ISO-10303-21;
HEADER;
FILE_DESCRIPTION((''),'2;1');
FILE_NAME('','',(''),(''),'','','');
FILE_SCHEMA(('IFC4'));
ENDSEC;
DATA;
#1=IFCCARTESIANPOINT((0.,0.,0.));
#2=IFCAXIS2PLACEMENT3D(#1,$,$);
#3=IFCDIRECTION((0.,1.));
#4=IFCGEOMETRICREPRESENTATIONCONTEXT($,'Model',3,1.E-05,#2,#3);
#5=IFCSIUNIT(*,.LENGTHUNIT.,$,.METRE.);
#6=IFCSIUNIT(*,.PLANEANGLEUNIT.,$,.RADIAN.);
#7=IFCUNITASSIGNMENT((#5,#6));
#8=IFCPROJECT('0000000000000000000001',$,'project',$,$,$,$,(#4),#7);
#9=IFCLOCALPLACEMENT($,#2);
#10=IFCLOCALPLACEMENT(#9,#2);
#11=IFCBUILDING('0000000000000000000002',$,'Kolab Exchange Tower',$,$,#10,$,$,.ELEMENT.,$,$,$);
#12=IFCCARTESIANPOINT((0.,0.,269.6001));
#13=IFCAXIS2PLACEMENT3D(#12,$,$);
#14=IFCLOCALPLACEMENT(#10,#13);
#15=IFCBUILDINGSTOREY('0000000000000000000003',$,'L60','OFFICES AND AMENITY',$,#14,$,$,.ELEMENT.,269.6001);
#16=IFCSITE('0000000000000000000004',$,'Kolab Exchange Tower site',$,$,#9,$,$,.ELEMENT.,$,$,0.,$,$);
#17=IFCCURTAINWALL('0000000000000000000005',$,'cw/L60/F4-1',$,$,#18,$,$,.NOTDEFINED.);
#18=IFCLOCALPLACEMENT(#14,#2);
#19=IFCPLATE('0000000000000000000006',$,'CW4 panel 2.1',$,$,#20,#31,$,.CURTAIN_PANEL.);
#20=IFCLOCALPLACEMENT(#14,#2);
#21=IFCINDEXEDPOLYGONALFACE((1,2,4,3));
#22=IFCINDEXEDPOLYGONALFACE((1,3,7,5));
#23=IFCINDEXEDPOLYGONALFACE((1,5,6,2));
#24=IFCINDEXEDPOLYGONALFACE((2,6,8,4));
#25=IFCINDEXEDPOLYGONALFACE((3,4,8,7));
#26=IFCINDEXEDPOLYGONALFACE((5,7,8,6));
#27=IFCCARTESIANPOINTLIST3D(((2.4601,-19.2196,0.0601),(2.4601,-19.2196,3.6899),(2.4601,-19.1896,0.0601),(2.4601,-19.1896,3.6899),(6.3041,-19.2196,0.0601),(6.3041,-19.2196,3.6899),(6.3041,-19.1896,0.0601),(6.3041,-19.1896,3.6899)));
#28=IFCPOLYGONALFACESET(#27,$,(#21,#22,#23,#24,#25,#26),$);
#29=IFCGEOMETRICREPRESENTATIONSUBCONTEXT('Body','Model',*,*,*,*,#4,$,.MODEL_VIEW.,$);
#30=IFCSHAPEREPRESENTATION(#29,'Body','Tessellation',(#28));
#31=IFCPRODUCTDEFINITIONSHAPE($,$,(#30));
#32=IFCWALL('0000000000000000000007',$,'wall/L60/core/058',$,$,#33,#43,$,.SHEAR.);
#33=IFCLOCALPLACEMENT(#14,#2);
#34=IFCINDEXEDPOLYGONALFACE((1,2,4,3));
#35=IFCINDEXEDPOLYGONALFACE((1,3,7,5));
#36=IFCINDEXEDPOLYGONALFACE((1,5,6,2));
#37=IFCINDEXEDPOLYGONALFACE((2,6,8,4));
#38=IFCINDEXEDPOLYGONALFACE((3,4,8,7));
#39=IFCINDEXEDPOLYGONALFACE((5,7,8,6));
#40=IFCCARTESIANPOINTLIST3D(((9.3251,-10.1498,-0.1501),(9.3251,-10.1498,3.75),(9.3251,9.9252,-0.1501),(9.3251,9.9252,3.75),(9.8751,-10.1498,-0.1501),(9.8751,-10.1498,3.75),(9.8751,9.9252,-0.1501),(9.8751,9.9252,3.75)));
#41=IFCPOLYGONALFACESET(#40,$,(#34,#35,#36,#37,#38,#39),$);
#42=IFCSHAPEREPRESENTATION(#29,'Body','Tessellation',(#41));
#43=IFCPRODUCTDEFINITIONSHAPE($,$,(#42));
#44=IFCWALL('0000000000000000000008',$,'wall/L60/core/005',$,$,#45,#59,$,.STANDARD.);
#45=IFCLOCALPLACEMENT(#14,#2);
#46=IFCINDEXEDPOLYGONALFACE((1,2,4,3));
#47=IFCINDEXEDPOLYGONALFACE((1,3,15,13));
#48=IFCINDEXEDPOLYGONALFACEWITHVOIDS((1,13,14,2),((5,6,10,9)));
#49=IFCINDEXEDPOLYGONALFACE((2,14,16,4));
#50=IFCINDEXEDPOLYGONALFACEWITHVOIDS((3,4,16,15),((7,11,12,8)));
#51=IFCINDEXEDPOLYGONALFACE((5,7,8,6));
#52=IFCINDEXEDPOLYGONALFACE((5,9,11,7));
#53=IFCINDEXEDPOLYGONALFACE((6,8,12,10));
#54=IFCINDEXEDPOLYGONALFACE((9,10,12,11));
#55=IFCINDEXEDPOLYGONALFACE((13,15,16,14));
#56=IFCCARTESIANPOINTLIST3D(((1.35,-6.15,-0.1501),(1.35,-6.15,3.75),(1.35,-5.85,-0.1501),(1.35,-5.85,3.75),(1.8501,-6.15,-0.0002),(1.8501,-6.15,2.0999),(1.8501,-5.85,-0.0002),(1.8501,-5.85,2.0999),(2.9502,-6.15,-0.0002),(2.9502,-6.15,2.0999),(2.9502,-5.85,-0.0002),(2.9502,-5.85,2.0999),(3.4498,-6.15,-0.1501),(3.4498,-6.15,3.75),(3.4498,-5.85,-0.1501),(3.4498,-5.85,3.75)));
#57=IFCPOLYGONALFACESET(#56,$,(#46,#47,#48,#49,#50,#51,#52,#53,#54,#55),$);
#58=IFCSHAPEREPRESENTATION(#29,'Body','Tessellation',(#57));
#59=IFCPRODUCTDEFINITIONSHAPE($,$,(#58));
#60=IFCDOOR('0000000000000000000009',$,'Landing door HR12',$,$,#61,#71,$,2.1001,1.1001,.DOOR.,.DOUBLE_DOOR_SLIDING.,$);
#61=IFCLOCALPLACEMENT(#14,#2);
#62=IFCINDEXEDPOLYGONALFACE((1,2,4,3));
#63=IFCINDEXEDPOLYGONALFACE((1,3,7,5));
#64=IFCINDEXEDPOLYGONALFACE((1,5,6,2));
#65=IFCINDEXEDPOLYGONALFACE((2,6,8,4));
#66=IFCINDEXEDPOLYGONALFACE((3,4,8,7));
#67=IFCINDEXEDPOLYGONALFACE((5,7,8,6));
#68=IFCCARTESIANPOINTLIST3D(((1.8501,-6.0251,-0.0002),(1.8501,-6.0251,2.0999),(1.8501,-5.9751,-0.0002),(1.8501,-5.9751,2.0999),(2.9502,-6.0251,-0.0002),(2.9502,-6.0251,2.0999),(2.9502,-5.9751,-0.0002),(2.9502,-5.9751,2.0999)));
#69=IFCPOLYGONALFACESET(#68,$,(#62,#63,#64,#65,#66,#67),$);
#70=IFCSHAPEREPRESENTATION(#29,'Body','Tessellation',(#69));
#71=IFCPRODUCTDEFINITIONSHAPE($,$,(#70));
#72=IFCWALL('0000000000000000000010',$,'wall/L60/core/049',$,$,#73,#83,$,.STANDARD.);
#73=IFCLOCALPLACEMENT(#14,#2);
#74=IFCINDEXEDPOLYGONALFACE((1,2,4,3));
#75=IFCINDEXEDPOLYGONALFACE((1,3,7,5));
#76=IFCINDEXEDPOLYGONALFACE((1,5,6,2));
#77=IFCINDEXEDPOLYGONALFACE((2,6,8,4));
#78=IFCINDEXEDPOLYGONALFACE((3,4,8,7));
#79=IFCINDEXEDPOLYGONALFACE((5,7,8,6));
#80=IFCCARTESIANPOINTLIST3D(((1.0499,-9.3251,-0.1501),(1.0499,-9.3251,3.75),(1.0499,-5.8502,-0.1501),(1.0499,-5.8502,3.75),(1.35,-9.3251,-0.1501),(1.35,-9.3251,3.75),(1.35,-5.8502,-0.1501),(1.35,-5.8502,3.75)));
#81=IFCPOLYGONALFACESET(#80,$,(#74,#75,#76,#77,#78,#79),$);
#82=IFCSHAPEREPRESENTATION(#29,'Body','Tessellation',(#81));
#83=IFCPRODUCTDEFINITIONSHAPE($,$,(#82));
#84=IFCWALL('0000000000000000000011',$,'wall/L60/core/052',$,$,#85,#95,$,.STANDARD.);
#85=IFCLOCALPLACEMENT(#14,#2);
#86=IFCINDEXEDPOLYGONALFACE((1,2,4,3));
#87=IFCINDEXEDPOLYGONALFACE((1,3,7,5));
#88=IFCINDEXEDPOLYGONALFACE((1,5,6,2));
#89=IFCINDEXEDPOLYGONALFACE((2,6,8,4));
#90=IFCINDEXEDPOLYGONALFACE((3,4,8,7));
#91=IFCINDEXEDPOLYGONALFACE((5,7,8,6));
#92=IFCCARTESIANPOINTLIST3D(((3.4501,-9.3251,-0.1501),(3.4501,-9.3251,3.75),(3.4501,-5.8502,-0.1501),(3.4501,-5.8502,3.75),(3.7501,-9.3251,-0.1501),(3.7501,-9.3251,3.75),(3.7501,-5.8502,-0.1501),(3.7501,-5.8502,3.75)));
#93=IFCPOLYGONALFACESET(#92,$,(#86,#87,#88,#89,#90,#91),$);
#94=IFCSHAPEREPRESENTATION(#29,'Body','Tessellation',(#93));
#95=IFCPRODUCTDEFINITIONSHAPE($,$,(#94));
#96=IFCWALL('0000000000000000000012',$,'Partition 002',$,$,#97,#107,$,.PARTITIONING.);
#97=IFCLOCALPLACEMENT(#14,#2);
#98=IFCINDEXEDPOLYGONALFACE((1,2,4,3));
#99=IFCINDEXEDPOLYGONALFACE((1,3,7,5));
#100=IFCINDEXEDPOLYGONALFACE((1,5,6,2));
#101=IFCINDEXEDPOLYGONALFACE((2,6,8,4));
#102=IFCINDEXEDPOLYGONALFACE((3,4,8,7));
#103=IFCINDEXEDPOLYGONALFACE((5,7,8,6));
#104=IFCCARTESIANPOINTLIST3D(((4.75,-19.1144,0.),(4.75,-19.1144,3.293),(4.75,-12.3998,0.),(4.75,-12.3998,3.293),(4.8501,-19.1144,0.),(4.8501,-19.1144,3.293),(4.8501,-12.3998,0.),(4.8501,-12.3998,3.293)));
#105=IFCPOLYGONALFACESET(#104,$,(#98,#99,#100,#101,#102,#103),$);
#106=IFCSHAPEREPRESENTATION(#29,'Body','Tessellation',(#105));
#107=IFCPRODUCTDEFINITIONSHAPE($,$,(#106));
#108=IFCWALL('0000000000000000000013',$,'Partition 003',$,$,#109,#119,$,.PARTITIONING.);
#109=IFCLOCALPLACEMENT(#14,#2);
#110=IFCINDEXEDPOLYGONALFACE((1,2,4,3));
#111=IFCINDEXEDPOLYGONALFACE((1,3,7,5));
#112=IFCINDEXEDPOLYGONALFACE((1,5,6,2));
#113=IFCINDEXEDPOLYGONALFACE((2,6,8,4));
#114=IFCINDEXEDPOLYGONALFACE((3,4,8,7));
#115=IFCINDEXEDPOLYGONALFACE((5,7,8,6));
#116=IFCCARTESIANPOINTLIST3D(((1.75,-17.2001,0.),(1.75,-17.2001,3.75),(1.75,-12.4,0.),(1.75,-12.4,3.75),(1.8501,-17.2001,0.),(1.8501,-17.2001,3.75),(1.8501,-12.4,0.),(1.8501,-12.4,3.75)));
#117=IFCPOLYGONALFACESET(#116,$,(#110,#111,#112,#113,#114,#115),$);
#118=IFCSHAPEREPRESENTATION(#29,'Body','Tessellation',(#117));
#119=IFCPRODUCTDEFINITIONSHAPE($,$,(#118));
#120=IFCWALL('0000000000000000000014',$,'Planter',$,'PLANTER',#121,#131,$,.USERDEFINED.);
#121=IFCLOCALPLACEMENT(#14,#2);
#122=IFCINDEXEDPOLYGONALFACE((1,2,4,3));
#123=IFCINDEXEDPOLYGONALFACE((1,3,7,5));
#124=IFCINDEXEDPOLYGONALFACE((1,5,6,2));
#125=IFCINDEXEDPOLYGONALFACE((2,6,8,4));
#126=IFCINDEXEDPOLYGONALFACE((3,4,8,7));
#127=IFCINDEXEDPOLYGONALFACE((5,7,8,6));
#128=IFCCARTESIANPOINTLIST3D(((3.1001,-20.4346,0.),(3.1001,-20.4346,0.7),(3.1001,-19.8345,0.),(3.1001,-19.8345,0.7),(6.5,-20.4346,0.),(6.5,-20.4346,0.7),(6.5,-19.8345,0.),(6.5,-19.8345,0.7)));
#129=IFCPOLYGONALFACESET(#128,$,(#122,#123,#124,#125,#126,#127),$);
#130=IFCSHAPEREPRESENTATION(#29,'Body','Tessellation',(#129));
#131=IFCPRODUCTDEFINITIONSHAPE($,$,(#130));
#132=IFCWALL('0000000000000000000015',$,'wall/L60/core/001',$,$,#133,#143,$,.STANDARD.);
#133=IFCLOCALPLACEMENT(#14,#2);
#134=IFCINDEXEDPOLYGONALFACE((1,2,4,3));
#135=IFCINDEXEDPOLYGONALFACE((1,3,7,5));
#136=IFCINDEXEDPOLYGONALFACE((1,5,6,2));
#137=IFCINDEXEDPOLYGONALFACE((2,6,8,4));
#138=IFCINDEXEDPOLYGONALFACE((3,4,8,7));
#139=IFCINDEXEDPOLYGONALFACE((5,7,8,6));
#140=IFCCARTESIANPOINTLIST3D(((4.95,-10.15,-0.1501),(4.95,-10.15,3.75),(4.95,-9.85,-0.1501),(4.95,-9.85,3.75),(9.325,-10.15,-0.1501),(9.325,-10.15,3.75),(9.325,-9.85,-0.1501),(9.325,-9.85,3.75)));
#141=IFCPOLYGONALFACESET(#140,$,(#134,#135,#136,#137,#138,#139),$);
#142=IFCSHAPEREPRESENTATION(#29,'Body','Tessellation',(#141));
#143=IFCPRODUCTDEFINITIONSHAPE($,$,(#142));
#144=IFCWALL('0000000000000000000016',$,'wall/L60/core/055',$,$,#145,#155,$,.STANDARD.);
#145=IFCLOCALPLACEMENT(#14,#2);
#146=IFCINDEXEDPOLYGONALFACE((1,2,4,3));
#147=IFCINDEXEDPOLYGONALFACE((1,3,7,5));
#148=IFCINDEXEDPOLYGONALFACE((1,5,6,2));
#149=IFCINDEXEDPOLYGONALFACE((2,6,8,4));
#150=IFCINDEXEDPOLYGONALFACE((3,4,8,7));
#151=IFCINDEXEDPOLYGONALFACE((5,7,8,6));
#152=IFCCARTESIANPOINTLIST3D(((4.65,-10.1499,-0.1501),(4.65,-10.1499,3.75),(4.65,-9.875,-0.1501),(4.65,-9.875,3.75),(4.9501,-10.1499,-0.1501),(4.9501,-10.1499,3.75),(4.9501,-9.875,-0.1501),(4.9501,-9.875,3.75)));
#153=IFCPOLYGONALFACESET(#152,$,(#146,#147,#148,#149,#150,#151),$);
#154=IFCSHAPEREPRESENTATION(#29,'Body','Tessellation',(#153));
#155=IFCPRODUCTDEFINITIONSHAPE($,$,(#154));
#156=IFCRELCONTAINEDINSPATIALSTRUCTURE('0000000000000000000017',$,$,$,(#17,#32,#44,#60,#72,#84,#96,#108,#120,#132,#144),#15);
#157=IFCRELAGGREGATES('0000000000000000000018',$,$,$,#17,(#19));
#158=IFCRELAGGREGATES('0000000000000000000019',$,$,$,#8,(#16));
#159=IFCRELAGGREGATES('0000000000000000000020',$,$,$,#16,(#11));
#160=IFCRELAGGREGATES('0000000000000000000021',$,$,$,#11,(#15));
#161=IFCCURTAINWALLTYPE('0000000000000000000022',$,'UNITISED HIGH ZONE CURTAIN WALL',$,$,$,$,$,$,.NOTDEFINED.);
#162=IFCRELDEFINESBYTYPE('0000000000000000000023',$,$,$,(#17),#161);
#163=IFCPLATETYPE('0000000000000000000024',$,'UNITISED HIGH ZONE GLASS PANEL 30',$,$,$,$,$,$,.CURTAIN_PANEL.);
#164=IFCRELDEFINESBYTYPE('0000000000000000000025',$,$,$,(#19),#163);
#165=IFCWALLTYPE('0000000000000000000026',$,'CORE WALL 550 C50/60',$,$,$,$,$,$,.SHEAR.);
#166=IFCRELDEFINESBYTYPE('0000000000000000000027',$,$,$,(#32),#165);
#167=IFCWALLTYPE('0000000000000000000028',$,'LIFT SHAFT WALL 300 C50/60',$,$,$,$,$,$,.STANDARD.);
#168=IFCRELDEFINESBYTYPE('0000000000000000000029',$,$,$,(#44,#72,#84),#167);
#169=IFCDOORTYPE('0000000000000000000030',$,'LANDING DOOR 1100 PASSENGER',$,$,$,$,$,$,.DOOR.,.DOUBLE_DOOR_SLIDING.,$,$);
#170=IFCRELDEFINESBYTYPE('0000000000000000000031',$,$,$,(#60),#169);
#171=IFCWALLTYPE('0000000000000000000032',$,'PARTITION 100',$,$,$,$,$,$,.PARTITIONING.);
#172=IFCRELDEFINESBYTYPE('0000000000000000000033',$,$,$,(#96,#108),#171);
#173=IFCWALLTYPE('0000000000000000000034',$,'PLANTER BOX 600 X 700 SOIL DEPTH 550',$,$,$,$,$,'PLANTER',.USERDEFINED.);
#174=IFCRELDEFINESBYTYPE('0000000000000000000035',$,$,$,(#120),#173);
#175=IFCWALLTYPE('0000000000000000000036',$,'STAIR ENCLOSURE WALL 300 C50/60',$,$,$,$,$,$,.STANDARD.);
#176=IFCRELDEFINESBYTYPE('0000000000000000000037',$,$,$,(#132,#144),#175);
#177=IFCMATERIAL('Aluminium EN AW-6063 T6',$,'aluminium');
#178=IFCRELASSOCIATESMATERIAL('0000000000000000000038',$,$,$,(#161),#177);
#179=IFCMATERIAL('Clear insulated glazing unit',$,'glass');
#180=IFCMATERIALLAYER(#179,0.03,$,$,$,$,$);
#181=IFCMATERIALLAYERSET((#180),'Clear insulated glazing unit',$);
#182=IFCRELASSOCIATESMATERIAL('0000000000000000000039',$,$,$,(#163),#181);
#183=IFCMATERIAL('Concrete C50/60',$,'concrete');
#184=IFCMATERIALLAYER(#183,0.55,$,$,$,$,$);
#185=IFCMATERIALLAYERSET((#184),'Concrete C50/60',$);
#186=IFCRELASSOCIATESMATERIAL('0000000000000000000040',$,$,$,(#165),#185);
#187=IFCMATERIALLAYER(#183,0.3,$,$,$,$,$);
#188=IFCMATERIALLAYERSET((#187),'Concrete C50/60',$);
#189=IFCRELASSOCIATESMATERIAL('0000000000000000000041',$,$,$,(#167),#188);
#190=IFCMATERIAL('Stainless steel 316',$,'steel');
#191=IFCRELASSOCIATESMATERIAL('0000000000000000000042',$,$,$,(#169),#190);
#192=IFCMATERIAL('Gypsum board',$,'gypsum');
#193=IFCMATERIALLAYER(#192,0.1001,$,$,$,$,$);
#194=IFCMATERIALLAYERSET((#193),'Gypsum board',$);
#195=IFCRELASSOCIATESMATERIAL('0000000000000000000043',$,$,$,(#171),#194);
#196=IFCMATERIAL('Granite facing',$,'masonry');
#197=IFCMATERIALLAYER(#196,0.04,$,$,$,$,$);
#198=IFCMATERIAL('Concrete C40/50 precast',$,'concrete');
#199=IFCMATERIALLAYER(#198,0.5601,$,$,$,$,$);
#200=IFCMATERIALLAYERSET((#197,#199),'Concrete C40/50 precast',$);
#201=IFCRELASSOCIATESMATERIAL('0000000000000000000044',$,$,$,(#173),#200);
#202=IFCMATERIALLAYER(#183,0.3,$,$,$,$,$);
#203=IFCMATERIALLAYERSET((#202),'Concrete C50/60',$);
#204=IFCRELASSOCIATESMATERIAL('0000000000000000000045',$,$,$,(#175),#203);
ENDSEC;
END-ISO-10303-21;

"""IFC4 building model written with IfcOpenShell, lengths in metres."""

from ifc_helpers import new_model, si_unit, direction, frame, frame_2d, origin, origin_2d, place, context, subcontext, project, spatial, rectangle, extrude, material, layer, layer_set, type_object, element, fill, aggregate, save


model = new_model("IFC4")

# Units and contexts
model_context = context("Model", 3, precision=1e-05, world=origin(), true_north=direction((0.0, 1.0)))
body_context = subcontext(model_context, "Body", "Model", "MODEL_VIEW")
ifc_project = project(units=[si_unit("LENGTHUNIT", "METRE"), si_unit("PLANEANGLEUNIT", "RADIAN")], contexts=[model_context])

# Site, building, storey
site_placement = place(None, origin())
site = spatial("IfcSite", under=ifc_project, at=site_placement, Name="Kolab Exchange Tower site", CompositionType="ELEMENT", RefElevation=0.0)
building_placement = place(site_placement, origin())
building = spatial("IfcBuilding", under=site, at=building_placement, Name="Kolab Exchange Tower", CompositionType="ELEMENT")
storey_placement = place(building_placement, frame((0.0, 0.0, 269.6001)))
storey = spatial("IfcBuildingStorey", under=building, at=storey_placement, Name="L60", Description="OFFICES AND AMENITY", CompositionType="ELEMENT", Elevation=269.6001)

# Shared definitions
ifc_material_1 = material(Name="Concrete C50/60", Category="concrete")

# Curtain wall, plate
ifc_material_2 = material(Name="Aluminium EN AW-6063 T6", Category="aluminium")
curtain_wall_type = type_object("IfcCurtainWallType", Name="UNITISED HIGH ZONE CURTAIN WALL", PredefinedType="NOTDEFINED", material=ifc_material_2)
curtain_wall_placement = place(storey_placement, origin())
curtain_wall = element("IfcCurtainWall", 1, at=curtain_wall_placement, inside=storey, type_object=curtain_wall_type, Name="cw/L60/F4-1", PredefinedType="NOTDEFINED")
ifc_material_3 = material(Name="Clear insulated glazing unit", Category="glass")
ifc_layer_1 = layer(ifc_material_3, 0.03)
ifc_layer_set_1 = layer_set([ifc_layer_1], Name="Clear insulated glazing unit")
plate_type = type_object("IfcPlateType", Name="UNITISED HIGH ZONE GLASS PANEL 30", PredefinedType="CURTAIN_PANEL", material=ifc_layer_set_1)
plate_1_placement = place(storey_placement, frame((4.3821, -19.2046, 0.0601), z_axis=(0.0, 0.0, 1.0), x_axis=(-1.0, 0.0, 0.0)))
plate_1 = element("IfcPlate", 2, at=plate_1_placement, type_object=plate_type, Name="CW4 panel 2.1", PredefinedType="CURTAIN_PANEL", context=body_context, shape_type="SweptSolid", body=[
    extrude(rectangle(XDim=3.844, YDim=0.03, at=origin_2d()), origin(), (0.0, 0.0, 1.0), 3.6299),
])
aggregate(curtain_wall, [plate_1])

# Wall
ifc_layer_2 = layer(ifc_material_1, 0.55)
ifc_layer_set_2 = layer_set([ifc_layer_2], Name="Concrete C50/60")
wall_type_1 = type_object("IfcWallType", Name="CORE WALL 550 C50/60", PredefinedType="SHEAR", material=ifc_layer_set_2)
wall_1_placement = place(storey_placement, frame((9.6001, -10.1499, -0.1501), z_axis=(0.0, 0.0, 1.0), x_axis=(0.0, 1.0, 0.0)))
element("IfcWall", 3, at=wall_1_placement, inside=storey, type_object=wall_type_1, Name="wall/L60/core/058", PredefinedType="SHEAR", context=body_context, shape_type="SweptSolid", body=[
    extrude(rectangle(XDim=20.075, YDim=0.55, at=frame_2d((10.0376, 0.0))), origin(), (0.0, 0.0, 1.0), 3.9001),
])

# Wall, opening, door
ifc_layer_3 = layer(ifc_material_1, 0.3)
ifc_layer_set_3 = layer_set([ifc_layer_3], Name="Concrete C50/60")
wall_type_2 = type_object("IfcWallType", Name="LIFT SHAFT WALL 300 C50/60", PredefinedType="STANDARD", material=ifc_layer_set_3)
wall_2_placement = place(storey_placement, frame((1.3501, -6.0, -0.1501), z_axis=(0.0, 0.0, 1.0), x_axis=(1.0, 0.0, 0.0)))
wall_2 = element("IfcWall", 4, at=wall_2_placement, inside=storey, type_object=wall_type_2, Name="wall/L60/core/005", PredefinedType="STANDARD", context=body_context, shape_type="SweptSolid", body=[
    extrude(rectangle(XDim=2.0999, YDim=0.3, at=frame_2d((1.0498, 0.0))), origin(), (0.0, 0.0, 1.0), 3.9001),
])
opening_1_placement = place(wall_2_placement, frame((0.5, 0.0, 0.1499)))
opening_1 = element("IfcOpeningElement", 5, at=opening_1_placement, cuts=wall_2, PredefinedType="OPENING", context=body_context, shape_type="SweptSolid", body=[
    extrude(rectangle(XDim=1.1001, YDim=2.1001, at=frame_2d((0.55, 1.05))), frame((0.0, 0.1602, 0.0), z_axis=(0.0, -1.0, 0.0), x_axis=(1.0, 0.0, 0.0)), (0.0, 0.0, 1.0), 0.3201),
])
ifc_material_4 = material(Name="Stainless steel 316", Category="steel")
door_type_1 = type_object("IfcDoorType", Name="LANDING DOOR 1100 PASSENGER", OperationType="DOUBLE_DOOR_SLIDING", PredefinedType="DOOR", material=ifc_material_4)
door_1_placement = place(opening_1_placement, origin())
door_1 = element("IfcDoor", 6, at=door_1_placement, inside=storey, type_object=door_type_1, Name="Landing door HR12", OperationType="DOUBLE_DOOR_SLIDING", OverallHeight=2.1001, OverallWidth=1.1001, PredefinedType="DOOR", context=body_context, shape_type="SweptSolid", body=[
    extrude(rectangle(XDim=1.1001, YDim=2.1001, at=frame_2d((0.55, 1.05))), frame((0.0, 0.0249, 0.0), z_axis=(0.0, -1.0, 0.0), x_axis=(1.0, 0.0, 0.0)), (0.0, 0.0, 1.0), 0.05),
])
fill(opening_1, door_1)

# Walls
for number, where, z_axis, x_axis, name in (
    (7, (1.2, -9.325, -0.1501), (0.0, 0.0, 1.0), (0.0, 1.0, 0.0), "wall/L60/core/049"),
    (8, (3.6001, -9.325, -0.1501), (0.0, 0.0, 1.0), (0.0, 1.0, 0.0), "wall/L60/core/052"),
):
    element("IfcWall", number, at=place(storey_placement, frame(where, z_axis=z_axis, x_axis=x_axis)), inside=storey, type_object=wall_type_2, Name=name, PredefinedType="STANDARD", context=body_context, shape_type="SweptSolid", body=[
        extrude(rectangle(XDim=3.4749, YDim=0.3, at=frame_2d((1.7373, 0.0))), origin(), (0.0, 0.0, 1.0), 3.9001),
    ])
ifc_material_5 = material(Name="Gypsum board", Category="gypsum")
ifc_layer_4 = layer(ifc_material_5, 0.1001)
ifc_layer_set_4 = layer_set([ifc_layer_4], Name="Gypsum board")
wall_type_3 = type_object("IfcWallType", Name="PARTITION 100", PredefinedType="PARTITIONING", material=ifc_layer_set_4)
wall_3_placement = place(storey_placement, frame((4.8, -19.1145, 0.0), z_axis=(0.0, 0.0, 1.0), x_axis=(0.0, 1.0, 0.0)))
element("IfcWall", 9, at=wall_3_placement, inside=storey, type_object=wall_type_3, Name="Partition 002", PredefinedType="PARTITIONING", context=body_context, shape_type="SweptSolid", body=[
    extrude(rectangle(XDim=6.7146, YDim=0.1001, at=frame_2d((3.3574, 0.0))), origin(), (0.0, 0.0, 1.0), 3.293),
])
wall_4_placement = place(storey_placement, frame((1.8, -17.2, 0.0), z_axis=(0.0, 0.0, 1.0), x_axis=(0.0, 1.0, 0.0)))
element("IfcWall", 10, at=wall_4_placement, inside=storey, type_object=wall_type_3, Name="Partition 003", PredefinedType="PARTITIONING", context=body_context, shape_type="SweptSolid", body=[
    extrude(rectangle(XDim=4.8, YDim=0.1001, at=frame_2d((2.3999, 0.0))), origin(), (0.0, 0.0, 1.0), 3.75),
])
ifc_material_6 = material(Name="Granite facing", Category="masonry")
ifc_layer_5 = layer(ifc_material_6, 0.04)
ifc_material_7 = material(Name="Concrete C40/50 precast", Category="concrete")
ifc_layer_6 = layer(ifc_material_7, 0.5601)
ifc_layer_set_5 = layer_set([ifc_layer_5, ifc_layer_6], Name="Concrete C40/50 precast")
wall_type_4 = type_object("IfcWallType", Name="PLANTER BOX 600 X 700 SOIL DEPTH 550", ElementType="PLANTER", PredefinedType="USERDEFINED", material=ifc_layer_set_5)
wall_5_placement = place(storey_placement, frame((6.5, -20.1345, 0.0), z_axis=(0.0, 0.0, 1.0), x_axis=(-1.0, 0.0, 0.0)))
element("IfcWall", 11, at=wall_5_placement, inside=storey, type_object=wall_type_4, Name="Planter", ObjectType="PLANTER", PredefinedType="USERDEFINED", context=body_context, shape_type="SweptSolid", body=[
    extrude(rectangle(XDim=3.3999, YDim=0.6001, at=frame_2d((1.7, 0.0))), origin(), (0.0, 0.0, 1.0), 0.7),
])
ifc_layer_7 = layer(ifc_material_1, 0.3)
ifc_layer_set_6 = layer_set([ifc_layer_7], Name="Concrete C50/60")
wall_type_5 = type_object("IfcWallType", Name="STAIR ENCLOSURE WALL 300 C50/60", PredefinedType="STANDARD", material=ifc_layer_set_6)
wall_6_placement = place(storey_placement, frame((4.95, -10.0, -0.1501), z_axis=(0.0, 0.0, 1.0), x_axis=(1.0, 0.0, 0.0)))
element("IfcWall", 12, at=wall_6_placement, inside=storey, type_object=wall_type_5, Name="wall/L60/core/001", PredefinedType="STANDARD", context=body_context, shape_type="SweptSolid", body=[
    extrude(rectangle(XDim=4.375, YDim=0.3, at=frame_2d((2.1875, 0.0))), origin(), (0.0, 0.0, 1.0), 3.9001),
])
wall_7_placement = place(storey_placement, frame((4.8, -10.1499, -0.1501), z_axis=(0.0, 0.0, 1.0), x_axis=(0.0, 1.0, 0.0)))
element("IfcWall", 13, at=wall_7_placement, inside=storey, type_object=wall_type_5, Name="wall/L60/core/055", PredefinedType="STANDARD", context=body_context, shape_type="SweptSolid", body=[
    extrude(rectangle(XDim=0.2749, YDim=0.3, at=frame_2d((0.1375, 0.0))), origin(), (0.0, 0.0, 1.0), 3.9001),
])

save(model, "model.ifc")
